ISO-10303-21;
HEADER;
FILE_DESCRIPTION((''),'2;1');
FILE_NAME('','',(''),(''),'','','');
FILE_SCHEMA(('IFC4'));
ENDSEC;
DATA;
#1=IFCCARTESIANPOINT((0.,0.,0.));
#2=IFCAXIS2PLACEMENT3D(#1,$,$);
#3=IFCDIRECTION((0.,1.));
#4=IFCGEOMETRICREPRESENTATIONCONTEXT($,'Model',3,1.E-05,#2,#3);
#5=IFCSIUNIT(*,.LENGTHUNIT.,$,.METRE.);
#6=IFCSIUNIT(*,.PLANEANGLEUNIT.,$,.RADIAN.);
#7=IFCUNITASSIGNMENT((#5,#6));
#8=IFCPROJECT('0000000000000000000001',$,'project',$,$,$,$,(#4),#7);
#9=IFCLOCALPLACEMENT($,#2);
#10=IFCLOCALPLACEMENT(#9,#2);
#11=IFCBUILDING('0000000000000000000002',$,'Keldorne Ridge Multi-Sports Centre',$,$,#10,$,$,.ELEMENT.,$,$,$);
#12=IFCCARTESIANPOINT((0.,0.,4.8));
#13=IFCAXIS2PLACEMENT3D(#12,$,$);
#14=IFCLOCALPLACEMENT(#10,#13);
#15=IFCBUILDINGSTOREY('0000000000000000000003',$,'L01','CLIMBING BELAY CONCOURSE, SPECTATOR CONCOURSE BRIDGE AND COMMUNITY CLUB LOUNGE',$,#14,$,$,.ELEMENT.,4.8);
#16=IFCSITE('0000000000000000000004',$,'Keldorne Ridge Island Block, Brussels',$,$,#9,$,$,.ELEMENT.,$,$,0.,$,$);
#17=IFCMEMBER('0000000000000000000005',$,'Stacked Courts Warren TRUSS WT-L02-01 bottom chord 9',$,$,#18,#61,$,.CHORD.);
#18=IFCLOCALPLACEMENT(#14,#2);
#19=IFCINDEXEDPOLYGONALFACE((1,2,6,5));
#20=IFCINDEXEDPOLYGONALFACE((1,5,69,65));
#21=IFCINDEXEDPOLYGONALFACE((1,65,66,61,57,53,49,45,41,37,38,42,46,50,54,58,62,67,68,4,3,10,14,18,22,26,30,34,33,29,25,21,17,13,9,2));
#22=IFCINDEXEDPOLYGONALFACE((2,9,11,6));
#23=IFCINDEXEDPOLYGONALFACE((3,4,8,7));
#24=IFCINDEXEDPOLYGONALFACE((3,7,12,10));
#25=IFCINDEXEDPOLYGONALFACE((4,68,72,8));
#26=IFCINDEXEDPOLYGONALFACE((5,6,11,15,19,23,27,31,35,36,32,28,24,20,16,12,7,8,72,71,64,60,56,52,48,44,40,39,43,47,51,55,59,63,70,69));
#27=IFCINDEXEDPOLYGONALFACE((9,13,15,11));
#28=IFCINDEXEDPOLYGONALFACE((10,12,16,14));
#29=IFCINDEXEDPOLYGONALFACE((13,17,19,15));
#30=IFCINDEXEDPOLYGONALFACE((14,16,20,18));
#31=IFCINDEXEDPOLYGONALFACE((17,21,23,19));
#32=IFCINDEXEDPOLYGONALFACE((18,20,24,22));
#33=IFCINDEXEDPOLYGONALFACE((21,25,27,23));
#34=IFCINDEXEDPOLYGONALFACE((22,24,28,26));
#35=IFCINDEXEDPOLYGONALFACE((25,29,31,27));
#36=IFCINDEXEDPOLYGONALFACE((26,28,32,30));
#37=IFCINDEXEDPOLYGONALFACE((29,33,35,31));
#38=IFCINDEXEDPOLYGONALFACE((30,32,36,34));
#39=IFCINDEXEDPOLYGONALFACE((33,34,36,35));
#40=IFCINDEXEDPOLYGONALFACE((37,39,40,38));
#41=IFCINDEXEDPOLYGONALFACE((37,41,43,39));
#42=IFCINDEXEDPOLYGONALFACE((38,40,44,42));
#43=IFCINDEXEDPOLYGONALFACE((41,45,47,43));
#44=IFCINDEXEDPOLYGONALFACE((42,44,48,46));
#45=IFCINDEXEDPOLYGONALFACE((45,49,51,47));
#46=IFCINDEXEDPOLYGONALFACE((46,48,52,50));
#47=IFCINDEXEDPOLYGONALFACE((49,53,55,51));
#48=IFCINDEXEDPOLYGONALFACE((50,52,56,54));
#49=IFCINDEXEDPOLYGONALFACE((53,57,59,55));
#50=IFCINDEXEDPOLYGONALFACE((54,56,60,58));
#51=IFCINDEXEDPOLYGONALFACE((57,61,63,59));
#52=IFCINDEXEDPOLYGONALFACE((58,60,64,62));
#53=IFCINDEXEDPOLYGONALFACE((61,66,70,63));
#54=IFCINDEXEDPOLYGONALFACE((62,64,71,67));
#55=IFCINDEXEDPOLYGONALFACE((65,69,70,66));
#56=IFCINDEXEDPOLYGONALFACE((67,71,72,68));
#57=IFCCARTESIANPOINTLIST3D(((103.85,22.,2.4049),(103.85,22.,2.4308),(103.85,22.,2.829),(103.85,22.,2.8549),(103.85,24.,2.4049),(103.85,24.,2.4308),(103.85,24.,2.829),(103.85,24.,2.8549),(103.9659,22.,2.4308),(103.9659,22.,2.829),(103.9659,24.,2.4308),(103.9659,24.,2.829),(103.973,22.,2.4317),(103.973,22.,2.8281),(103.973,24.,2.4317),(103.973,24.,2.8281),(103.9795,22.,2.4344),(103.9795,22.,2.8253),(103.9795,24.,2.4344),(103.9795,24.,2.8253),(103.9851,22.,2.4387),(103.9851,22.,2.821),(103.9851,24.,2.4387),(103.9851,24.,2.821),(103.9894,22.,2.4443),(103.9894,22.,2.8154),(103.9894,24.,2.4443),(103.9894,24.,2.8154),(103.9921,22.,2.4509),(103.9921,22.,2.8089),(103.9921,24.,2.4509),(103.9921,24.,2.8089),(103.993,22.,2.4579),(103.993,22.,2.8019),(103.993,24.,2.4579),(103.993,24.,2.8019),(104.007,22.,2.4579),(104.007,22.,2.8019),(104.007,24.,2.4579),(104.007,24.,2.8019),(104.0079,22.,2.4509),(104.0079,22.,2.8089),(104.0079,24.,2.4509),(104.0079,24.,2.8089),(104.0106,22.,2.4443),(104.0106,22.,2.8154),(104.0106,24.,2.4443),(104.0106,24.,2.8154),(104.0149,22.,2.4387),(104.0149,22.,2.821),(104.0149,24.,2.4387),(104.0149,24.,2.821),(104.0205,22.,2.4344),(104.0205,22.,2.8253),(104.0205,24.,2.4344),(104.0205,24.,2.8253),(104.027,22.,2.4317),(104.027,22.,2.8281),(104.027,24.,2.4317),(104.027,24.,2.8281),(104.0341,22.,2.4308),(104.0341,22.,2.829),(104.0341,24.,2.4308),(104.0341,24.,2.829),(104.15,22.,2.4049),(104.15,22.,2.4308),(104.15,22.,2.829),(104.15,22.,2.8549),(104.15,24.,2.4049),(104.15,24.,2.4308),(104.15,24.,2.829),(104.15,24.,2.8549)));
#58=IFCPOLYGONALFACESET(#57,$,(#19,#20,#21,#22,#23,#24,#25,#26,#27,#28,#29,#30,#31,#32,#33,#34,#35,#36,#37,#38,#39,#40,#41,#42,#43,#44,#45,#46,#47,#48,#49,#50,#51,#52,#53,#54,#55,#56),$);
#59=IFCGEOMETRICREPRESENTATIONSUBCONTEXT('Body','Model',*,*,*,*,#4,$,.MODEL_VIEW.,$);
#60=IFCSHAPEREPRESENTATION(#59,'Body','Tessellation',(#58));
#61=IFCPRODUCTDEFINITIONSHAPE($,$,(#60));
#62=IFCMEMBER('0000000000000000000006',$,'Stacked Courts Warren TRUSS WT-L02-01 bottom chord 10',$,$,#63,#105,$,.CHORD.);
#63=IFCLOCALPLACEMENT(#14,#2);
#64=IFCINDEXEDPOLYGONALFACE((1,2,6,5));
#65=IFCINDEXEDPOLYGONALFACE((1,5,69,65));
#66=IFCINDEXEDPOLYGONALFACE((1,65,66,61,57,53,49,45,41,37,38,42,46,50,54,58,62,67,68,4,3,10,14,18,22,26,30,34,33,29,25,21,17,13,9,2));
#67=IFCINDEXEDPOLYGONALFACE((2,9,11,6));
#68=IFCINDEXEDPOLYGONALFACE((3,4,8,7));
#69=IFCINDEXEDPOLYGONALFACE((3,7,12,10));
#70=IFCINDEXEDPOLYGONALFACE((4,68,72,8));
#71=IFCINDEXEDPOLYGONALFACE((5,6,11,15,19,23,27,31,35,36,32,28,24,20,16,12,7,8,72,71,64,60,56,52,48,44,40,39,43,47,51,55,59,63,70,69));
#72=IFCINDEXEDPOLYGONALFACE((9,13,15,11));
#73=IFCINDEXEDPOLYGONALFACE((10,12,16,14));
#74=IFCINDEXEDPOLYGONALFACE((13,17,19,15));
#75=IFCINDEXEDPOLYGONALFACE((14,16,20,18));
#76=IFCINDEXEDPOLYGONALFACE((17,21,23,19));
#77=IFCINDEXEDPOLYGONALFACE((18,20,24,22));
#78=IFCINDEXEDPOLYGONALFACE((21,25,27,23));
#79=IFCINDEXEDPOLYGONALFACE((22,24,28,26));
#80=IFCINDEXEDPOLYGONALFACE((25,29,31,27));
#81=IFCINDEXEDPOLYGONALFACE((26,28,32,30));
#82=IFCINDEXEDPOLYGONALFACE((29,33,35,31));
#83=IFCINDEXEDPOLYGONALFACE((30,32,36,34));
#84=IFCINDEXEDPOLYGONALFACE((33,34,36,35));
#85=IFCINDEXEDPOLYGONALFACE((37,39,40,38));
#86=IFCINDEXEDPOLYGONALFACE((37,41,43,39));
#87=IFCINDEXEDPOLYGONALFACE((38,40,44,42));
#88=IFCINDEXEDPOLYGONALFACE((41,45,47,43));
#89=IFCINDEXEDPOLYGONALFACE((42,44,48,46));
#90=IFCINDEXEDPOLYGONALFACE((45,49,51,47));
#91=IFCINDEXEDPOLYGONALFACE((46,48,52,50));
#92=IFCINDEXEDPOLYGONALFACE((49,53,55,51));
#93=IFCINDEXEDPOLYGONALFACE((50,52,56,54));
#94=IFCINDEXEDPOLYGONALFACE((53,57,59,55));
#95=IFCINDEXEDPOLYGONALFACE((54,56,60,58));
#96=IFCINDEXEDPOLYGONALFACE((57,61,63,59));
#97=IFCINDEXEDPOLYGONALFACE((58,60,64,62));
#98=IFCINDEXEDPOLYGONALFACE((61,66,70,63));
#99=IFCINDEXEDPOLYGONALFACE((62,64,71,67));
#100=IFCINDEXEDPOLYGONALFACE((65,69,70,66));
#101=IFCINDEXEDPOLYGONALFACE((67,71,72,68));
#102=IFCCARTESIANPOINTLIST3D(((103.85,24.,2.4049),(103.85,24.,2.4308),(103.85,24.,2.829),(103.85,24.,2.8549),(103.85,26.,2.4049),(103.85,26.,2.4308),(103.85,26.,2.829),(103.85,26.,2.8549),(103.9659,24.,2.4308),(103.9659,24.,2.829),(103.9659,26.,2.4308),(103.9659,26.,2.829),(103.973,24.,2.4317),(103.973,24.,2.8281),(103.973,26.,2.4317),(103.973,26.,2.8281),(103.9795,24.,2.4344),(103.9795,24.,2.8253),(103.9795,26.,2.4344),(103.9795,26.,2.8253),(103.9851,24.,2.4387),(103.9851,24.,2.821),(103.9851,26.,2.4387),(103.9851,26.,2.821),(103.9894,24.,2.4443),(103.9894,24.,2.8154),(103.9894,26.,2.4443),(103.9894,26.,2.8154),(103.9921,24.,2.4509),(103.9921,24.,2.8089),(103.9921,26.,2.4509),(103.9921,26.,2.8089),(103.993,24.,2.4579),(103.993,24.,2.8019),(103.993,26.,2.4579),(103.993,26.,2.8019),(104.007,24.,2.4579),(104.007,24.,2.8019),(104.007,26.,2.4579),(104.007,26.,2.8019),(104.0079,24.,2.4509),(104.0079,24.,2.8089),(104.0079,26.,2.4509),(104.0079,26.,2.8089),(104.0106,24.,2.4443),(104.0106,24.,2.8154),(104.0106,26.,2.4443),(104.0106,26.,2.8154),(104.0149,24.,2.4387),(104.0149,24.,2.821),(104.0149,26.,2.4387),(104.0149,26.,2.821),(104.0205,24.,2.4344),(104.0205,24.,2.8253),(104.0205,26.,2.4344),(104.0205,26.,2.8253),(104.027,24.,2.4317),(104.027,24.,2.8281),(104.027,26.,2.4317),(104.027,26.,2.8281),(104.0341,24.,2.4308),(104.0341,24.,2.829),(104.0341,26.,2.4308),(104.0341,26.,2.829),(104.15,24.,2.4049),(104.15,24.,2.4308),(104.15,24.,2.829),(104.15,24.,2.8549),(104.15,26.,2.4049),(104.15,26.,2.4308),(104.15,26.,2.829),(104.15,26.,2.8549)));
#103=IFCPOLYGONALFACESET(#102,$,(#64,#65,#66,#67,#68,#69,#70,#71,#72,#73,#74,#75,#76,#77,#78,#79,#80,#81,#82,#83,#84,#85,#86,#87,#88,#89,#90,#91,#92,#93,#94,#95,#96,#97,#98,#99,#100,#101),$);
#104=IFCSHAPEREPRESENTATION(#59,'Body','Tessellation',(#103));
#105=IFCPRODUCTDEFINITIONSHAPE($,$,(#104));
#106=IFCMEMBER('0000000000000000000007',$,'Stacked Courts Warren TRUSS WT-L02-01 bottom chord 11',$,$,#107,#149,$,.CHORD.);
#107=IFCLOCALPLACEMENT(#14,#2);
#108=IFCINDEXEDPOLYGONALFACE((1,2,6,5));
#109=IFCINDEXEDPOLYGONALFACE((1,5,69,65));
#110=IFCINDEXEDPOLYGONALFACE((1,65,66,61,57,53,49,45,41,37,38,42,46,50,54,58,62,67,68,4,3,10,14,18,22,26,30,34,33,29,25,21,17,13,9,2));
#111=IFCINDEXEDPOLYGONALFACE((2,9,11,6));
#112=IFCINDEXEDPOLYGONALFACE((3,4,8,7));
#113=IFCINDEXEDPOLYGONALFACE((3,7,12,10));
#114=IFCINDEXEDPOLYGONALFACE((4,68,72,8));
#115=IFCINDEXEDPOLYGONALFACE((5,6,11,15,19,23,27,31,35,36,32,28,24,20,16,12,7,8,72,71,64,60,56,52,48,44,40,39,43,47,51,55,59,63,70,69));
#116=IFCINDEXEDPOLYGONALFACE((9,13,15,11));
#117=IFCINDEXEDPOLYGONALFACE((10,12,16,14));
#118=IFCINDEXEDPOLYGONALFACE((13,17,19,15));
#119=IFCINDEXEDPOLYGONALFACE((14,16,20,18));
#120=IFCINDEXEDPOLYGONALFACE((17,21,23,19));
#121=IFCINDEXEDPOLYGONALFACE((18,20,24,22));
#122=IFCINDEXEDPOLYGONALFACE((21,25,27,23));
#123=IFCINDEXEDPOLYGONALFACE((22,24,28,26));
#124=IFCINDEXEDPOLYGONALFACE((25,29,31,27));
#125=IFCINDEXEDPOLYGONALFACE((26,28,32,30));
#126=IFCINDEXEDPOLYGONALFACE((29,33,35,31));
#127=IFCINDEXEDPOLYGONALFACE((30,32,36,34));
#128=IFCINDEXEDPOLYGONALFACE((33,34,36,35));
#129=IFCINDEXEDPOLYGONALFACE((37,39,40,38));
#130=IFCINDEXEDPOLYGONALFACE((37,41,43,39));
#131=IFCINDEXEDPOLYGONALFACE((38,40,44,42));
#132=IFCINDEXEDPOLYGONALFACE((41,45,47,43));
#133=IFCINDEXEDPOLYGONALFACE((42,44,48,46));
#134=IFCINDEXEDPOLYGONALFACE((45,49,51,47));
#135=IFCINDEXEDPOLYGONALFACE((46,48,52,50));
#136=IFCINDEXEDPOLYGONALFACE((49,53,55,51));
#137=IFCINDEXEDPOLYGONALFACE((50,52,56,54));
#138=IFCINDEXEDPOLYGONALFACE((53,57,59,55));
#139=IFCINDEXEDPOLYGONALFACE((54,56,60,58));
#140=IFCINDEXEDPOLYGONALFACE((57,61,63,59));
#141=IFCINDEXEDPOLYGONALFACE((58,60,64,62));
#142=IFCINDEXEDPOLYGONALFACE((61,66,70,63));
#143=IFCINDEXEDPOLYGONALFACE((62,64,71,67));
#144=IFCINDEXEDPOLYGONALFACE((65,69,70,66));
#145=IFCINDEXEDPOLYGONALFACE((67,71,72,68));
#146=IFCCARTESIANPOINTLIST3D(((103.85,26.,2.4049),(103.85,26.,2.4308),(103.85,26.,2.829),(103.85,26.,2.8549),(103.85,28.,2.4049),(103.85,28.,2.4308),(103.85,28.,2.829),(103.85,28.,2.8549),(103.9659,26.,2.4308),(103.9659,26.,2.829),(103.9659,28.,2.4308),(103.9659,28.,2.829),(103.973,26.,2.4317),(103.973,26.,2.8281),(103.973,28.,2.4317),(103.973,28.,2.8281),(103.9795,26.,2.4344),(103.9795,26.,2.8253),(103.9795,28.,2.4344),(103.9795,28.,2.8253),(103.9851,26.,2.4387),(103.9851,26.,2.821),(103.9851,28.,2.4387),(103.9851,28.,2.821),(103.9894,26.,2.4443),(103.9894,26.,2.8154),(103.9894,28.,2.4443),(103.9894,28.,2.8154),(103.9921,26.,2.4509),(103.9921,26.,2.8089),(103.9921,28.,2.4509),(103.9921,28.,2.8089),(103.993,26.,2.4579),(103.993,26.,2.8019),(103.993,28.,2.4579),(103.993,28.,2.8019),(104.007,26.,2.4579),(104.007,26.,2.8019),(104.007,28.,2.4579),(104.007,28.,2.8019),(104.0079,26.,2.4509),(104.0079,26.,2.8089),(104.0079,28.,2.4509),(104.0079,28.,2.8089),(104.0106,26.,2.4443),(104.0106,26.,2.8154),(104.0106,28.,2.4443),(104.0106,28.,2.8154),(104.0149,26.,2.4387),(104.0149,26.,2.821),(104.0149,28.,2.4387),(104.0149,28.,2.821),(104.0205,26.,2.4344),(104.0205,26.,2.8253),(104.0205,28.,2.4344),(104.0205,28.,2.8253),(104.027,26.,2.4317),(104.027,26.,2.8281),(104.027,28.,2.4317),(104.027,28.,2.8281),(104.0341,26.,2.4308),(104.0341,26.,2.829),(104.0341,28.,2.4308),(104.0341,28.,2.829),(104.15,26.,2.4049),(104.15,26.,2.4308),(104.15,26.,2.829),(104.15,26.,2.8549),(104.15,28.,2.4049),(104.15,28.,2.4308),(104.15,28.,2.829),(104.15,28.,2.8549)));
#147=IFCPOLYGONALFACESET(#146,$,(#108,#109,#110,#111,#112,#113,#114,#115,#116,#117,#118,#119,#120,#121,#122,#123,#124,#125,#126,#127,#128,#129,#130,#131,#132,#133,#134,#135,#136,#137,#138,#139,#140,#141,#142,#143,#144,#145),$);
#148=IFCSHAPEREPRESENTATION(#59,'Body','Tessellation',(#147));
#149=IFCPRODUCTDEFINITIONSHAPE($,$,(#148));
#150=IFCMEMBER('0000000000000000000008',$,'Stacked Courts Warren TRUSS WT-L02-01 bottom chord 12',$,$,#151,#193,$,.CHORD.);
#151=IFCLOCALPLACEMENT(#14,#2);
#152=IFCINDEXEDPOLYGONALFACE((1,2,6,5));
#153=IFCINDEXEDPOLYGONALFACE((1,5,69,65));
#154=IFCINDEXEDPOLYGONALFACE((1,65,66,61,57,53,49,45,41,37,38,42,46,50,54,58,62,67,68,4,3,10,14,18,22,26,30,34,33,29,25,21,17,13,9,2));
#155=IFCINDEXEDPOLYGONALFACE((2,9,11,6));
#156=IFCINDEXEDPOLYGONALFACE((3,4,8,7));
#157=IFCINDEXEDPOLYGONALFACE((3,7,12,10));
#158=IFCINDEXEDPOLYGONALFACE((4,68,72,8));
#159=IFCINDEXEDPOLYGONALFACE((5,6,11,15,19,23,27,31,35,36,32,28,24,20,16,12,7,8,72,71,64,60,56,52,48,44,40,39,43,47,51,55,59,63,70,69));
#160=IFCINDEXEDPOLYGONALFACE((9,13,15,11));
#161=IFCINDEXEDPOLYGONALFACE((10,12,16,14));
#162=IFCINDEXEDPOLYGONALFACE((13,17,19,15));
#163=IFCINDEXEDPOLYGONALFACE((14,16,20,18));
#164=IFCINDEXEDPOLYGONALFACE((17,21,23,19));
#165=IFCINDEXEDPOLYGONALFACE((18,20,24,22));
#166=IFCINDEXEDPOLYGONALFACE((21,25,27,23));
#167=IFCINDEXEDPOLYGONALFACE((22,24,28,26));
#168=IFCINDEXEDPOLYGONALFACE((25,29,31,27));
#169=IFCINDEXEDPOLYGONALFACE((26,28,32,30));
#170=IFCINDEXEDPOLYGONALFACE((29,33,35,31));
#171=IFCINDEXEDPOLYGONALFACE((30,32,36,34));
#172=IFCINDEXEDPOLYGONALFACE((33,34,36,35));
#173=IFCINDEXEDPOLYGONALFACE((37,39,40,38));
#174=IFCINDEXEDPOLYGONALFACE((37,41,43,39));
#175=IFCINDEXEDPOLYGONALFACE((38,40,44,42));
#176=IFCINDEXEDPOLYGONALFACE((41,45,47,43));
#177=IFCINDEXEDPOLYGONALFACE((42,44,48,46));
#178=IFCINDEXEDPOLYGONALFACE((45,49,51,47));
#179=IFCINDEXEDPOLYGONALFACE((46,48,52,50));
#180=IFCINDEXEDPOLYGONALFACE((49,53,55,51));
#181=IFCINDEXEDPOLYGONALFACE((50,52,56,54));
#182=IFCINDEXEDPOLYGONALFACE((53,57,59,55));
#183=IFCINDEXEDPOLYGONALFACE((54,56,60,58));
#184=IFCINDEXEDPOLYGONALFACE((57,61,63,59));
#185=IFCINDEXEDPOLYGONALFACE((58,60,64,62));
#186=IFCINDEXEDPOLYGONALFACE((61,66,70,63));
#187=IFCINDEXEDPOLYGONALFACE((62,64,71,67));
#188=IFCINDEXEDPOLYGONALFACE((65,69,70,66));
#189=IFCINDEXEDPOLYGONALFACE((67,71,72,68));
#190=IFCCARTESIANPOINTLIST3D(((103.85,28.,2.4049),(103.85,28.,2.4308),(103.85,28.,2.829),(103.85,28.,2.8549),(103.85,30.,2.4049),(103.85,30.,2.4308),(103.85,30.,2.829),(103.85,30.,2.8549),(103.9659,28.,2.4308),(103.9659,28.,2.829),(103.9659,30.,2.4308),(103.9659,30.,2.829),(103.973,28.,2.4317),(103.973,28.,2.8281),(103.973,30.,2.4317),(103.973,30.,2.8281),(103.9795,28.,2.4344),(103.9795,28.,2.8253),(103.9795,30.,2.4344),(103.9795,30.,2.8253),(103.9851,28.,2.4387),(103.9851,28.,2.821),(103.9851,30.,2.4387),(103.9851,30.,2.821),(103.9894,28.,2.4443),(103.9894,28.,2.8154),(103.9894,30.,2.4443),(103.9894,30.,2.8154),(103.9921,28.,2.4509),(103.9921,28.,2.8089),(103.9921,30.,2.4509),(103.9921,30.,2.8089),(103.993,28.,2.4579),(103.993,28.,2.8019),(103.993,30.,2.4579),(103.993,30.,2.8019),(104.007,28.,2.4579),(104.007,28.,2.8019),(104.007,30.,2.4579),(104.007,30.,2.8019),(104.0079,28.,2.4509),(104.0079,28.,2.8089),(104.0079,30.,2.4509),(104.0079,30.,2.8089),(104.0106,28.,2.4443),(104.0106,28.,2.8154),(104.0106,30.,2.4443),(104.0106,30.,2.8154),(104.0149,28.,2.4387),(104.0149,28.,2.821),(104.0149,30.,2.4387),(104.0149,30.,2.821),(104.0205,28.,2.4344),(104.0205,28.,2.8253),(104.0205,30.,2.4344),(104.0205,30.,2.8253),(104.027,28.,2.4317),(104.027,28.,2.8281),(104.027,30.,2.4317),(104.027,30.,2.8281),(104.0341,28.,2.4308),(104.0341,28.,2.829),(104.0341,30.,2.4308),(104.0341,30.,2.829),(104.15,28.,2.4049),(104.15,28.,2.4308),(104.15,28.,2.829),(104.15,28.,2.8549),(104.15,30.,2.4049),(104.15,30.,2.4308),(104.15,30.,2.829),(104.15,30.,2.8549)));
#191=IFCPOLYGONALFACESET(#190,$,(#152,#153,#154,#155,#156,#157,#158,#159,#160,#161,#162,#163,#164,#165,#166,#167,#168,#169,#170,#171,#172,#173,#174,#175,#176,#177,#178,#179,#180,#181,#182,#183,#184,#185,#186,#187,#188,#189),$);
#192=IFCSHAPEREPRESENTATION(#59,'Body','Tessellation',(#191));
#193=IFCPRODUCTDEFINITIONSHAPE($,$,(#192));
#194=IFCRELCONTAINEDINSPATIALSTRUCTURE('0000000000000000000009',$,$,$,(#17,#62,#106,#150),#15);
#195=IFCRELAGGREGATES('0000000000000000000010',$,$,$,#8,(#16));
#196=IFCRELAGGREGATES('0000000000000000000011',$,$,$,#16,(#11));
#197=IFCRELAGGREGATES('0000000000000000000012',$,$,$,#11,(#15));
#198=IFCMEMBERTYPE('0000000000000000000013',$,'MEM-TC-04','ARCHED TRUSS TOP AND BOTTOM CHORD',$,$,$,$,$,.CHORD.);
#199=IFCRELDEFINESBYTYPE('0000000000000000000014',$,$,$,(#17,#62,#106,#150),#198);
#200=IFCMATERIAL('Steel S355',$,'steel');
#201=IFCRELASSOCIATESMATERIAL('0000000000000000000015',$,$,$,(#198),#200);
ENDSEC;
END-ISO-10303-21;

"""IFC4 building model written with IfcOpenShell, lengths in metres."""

from ifc_helpers import new_model, si_unit, direction, frame, origin, origin_2d, place, context, subcontext, project, spatial, i_section, extrude, material, material_profile, profile_set, type_object, element, save


model = new_model("IFC4")

# Units and contexts
model_context = context("Model", 3, precision=1e-05, world=origin(), true_north=direction((0.0, 1.0)))
body_context = subcontext(model_context, "Body", "Model", "MODEL_VIEW")
ifc_project = project(units=[si_unit("LENGTHUNIT", "METRE"), si_unit("PLANEANGLEUNIT", "RADIAN")], contexts=[model_context])

# Site, building, storey
site_placement = place(None, origin())
site = spatial("IfcSite", under=ifc_project, at=site_placement, Name="Keldorne Ridge Island Block, Brussels", CompositionType="ELEMENT", RefElevation=0.0)
building_placement = place(site_placement, origin())
building = spatial("IfcBuilding", under=site, at=building_placement, Name="Keldorne Ridge Multi-Sports Centre", CompositionType="ELEMENT")
storey_placement = place(building_placement, frame((0.0, 0.0, 4.8)))
storey = spatial("IfcBuildingStorey", under=building, at=storey_placement, Name="L01", Description="CLIMBING BELAY CONCOURSE, SPECTATOR CONCOURSE BRIDGE AND COMMUNITY CLUB LOUNGE", CompositionType="ELEMENT", Elevation=4.8)

# Shared definitions
ifc_material = material(Name="Steel S355", Category="steel")

# Members
ifc_material_profile_1 = material_profile(ifc_material, i_section(OverallWidth=0.3, OverallDepth=0.45, WebThickness=0.0139, FlangeThickness=0.0259, FilletRadius=0.0271, at=origin_2d()), Name="HEB 450")
ifc_profile_set_1 = profile_set([ifc_material_profile_1], Name="Steel S355")
member_type_1 = type_object("IfcMemberType", Name="MEM-TC-04", Description="ARCHED TRUSS TOP AND BOTTOM CHORD", PredefinedType="CHORD", material=ifc_profile_set_1)
for number, where, z_axis, x_axis, name in (
    (1, (104.0, 22.0, 2.6299), (0.0, 1.0, 0.0), (-1.0, 0.0, 0.0), "Stacked Courts Warren TRUSS WT-L02-01 bottom chord 9"),
    (2, (104.0, 24.0, 2.6299), (0.0, 1.0, 0.0), (-1.0, 0.0, 0.0), "Stacked Courts Warren TRUSS WT-L02-01 bottom chord 10"),
    (3, (104.0, 26.0, 2.6299), (0.0, 1.0, 0.0), (-1.0, 0.0, 0.0), "Stacked Courts Warren TRUSS WT-L02-01 bottom chord 11"),
    (4, (104.0, 28.0, 2.6299), (0.0, 1.0, 0.0), (-1.0, 0.0, 0.0), "Stacked Courts Warren TRUSS WT-L02-01 bottom chord 12"),
):
    element("IfcMember", number, at=place(storey_placement, frame(where, z_axis=z_axis, x_axis=x_axis)), inside=storey, type_object=member_type_1, Name=name, PredefinedType="CHORD", context=body_context, shape_type="SweptSolid", body=[
        extrude(i_section(OverallWidth=0.3, OverallDepth=0.45, WebThickness=0.0139, FlangeThickness=0.0259, FilletRadius=0.0271, at=origin_2d()), origin(), (0.0, 0.0, 1.0), 2.0),
    ])

save(model, "model.ifc")
